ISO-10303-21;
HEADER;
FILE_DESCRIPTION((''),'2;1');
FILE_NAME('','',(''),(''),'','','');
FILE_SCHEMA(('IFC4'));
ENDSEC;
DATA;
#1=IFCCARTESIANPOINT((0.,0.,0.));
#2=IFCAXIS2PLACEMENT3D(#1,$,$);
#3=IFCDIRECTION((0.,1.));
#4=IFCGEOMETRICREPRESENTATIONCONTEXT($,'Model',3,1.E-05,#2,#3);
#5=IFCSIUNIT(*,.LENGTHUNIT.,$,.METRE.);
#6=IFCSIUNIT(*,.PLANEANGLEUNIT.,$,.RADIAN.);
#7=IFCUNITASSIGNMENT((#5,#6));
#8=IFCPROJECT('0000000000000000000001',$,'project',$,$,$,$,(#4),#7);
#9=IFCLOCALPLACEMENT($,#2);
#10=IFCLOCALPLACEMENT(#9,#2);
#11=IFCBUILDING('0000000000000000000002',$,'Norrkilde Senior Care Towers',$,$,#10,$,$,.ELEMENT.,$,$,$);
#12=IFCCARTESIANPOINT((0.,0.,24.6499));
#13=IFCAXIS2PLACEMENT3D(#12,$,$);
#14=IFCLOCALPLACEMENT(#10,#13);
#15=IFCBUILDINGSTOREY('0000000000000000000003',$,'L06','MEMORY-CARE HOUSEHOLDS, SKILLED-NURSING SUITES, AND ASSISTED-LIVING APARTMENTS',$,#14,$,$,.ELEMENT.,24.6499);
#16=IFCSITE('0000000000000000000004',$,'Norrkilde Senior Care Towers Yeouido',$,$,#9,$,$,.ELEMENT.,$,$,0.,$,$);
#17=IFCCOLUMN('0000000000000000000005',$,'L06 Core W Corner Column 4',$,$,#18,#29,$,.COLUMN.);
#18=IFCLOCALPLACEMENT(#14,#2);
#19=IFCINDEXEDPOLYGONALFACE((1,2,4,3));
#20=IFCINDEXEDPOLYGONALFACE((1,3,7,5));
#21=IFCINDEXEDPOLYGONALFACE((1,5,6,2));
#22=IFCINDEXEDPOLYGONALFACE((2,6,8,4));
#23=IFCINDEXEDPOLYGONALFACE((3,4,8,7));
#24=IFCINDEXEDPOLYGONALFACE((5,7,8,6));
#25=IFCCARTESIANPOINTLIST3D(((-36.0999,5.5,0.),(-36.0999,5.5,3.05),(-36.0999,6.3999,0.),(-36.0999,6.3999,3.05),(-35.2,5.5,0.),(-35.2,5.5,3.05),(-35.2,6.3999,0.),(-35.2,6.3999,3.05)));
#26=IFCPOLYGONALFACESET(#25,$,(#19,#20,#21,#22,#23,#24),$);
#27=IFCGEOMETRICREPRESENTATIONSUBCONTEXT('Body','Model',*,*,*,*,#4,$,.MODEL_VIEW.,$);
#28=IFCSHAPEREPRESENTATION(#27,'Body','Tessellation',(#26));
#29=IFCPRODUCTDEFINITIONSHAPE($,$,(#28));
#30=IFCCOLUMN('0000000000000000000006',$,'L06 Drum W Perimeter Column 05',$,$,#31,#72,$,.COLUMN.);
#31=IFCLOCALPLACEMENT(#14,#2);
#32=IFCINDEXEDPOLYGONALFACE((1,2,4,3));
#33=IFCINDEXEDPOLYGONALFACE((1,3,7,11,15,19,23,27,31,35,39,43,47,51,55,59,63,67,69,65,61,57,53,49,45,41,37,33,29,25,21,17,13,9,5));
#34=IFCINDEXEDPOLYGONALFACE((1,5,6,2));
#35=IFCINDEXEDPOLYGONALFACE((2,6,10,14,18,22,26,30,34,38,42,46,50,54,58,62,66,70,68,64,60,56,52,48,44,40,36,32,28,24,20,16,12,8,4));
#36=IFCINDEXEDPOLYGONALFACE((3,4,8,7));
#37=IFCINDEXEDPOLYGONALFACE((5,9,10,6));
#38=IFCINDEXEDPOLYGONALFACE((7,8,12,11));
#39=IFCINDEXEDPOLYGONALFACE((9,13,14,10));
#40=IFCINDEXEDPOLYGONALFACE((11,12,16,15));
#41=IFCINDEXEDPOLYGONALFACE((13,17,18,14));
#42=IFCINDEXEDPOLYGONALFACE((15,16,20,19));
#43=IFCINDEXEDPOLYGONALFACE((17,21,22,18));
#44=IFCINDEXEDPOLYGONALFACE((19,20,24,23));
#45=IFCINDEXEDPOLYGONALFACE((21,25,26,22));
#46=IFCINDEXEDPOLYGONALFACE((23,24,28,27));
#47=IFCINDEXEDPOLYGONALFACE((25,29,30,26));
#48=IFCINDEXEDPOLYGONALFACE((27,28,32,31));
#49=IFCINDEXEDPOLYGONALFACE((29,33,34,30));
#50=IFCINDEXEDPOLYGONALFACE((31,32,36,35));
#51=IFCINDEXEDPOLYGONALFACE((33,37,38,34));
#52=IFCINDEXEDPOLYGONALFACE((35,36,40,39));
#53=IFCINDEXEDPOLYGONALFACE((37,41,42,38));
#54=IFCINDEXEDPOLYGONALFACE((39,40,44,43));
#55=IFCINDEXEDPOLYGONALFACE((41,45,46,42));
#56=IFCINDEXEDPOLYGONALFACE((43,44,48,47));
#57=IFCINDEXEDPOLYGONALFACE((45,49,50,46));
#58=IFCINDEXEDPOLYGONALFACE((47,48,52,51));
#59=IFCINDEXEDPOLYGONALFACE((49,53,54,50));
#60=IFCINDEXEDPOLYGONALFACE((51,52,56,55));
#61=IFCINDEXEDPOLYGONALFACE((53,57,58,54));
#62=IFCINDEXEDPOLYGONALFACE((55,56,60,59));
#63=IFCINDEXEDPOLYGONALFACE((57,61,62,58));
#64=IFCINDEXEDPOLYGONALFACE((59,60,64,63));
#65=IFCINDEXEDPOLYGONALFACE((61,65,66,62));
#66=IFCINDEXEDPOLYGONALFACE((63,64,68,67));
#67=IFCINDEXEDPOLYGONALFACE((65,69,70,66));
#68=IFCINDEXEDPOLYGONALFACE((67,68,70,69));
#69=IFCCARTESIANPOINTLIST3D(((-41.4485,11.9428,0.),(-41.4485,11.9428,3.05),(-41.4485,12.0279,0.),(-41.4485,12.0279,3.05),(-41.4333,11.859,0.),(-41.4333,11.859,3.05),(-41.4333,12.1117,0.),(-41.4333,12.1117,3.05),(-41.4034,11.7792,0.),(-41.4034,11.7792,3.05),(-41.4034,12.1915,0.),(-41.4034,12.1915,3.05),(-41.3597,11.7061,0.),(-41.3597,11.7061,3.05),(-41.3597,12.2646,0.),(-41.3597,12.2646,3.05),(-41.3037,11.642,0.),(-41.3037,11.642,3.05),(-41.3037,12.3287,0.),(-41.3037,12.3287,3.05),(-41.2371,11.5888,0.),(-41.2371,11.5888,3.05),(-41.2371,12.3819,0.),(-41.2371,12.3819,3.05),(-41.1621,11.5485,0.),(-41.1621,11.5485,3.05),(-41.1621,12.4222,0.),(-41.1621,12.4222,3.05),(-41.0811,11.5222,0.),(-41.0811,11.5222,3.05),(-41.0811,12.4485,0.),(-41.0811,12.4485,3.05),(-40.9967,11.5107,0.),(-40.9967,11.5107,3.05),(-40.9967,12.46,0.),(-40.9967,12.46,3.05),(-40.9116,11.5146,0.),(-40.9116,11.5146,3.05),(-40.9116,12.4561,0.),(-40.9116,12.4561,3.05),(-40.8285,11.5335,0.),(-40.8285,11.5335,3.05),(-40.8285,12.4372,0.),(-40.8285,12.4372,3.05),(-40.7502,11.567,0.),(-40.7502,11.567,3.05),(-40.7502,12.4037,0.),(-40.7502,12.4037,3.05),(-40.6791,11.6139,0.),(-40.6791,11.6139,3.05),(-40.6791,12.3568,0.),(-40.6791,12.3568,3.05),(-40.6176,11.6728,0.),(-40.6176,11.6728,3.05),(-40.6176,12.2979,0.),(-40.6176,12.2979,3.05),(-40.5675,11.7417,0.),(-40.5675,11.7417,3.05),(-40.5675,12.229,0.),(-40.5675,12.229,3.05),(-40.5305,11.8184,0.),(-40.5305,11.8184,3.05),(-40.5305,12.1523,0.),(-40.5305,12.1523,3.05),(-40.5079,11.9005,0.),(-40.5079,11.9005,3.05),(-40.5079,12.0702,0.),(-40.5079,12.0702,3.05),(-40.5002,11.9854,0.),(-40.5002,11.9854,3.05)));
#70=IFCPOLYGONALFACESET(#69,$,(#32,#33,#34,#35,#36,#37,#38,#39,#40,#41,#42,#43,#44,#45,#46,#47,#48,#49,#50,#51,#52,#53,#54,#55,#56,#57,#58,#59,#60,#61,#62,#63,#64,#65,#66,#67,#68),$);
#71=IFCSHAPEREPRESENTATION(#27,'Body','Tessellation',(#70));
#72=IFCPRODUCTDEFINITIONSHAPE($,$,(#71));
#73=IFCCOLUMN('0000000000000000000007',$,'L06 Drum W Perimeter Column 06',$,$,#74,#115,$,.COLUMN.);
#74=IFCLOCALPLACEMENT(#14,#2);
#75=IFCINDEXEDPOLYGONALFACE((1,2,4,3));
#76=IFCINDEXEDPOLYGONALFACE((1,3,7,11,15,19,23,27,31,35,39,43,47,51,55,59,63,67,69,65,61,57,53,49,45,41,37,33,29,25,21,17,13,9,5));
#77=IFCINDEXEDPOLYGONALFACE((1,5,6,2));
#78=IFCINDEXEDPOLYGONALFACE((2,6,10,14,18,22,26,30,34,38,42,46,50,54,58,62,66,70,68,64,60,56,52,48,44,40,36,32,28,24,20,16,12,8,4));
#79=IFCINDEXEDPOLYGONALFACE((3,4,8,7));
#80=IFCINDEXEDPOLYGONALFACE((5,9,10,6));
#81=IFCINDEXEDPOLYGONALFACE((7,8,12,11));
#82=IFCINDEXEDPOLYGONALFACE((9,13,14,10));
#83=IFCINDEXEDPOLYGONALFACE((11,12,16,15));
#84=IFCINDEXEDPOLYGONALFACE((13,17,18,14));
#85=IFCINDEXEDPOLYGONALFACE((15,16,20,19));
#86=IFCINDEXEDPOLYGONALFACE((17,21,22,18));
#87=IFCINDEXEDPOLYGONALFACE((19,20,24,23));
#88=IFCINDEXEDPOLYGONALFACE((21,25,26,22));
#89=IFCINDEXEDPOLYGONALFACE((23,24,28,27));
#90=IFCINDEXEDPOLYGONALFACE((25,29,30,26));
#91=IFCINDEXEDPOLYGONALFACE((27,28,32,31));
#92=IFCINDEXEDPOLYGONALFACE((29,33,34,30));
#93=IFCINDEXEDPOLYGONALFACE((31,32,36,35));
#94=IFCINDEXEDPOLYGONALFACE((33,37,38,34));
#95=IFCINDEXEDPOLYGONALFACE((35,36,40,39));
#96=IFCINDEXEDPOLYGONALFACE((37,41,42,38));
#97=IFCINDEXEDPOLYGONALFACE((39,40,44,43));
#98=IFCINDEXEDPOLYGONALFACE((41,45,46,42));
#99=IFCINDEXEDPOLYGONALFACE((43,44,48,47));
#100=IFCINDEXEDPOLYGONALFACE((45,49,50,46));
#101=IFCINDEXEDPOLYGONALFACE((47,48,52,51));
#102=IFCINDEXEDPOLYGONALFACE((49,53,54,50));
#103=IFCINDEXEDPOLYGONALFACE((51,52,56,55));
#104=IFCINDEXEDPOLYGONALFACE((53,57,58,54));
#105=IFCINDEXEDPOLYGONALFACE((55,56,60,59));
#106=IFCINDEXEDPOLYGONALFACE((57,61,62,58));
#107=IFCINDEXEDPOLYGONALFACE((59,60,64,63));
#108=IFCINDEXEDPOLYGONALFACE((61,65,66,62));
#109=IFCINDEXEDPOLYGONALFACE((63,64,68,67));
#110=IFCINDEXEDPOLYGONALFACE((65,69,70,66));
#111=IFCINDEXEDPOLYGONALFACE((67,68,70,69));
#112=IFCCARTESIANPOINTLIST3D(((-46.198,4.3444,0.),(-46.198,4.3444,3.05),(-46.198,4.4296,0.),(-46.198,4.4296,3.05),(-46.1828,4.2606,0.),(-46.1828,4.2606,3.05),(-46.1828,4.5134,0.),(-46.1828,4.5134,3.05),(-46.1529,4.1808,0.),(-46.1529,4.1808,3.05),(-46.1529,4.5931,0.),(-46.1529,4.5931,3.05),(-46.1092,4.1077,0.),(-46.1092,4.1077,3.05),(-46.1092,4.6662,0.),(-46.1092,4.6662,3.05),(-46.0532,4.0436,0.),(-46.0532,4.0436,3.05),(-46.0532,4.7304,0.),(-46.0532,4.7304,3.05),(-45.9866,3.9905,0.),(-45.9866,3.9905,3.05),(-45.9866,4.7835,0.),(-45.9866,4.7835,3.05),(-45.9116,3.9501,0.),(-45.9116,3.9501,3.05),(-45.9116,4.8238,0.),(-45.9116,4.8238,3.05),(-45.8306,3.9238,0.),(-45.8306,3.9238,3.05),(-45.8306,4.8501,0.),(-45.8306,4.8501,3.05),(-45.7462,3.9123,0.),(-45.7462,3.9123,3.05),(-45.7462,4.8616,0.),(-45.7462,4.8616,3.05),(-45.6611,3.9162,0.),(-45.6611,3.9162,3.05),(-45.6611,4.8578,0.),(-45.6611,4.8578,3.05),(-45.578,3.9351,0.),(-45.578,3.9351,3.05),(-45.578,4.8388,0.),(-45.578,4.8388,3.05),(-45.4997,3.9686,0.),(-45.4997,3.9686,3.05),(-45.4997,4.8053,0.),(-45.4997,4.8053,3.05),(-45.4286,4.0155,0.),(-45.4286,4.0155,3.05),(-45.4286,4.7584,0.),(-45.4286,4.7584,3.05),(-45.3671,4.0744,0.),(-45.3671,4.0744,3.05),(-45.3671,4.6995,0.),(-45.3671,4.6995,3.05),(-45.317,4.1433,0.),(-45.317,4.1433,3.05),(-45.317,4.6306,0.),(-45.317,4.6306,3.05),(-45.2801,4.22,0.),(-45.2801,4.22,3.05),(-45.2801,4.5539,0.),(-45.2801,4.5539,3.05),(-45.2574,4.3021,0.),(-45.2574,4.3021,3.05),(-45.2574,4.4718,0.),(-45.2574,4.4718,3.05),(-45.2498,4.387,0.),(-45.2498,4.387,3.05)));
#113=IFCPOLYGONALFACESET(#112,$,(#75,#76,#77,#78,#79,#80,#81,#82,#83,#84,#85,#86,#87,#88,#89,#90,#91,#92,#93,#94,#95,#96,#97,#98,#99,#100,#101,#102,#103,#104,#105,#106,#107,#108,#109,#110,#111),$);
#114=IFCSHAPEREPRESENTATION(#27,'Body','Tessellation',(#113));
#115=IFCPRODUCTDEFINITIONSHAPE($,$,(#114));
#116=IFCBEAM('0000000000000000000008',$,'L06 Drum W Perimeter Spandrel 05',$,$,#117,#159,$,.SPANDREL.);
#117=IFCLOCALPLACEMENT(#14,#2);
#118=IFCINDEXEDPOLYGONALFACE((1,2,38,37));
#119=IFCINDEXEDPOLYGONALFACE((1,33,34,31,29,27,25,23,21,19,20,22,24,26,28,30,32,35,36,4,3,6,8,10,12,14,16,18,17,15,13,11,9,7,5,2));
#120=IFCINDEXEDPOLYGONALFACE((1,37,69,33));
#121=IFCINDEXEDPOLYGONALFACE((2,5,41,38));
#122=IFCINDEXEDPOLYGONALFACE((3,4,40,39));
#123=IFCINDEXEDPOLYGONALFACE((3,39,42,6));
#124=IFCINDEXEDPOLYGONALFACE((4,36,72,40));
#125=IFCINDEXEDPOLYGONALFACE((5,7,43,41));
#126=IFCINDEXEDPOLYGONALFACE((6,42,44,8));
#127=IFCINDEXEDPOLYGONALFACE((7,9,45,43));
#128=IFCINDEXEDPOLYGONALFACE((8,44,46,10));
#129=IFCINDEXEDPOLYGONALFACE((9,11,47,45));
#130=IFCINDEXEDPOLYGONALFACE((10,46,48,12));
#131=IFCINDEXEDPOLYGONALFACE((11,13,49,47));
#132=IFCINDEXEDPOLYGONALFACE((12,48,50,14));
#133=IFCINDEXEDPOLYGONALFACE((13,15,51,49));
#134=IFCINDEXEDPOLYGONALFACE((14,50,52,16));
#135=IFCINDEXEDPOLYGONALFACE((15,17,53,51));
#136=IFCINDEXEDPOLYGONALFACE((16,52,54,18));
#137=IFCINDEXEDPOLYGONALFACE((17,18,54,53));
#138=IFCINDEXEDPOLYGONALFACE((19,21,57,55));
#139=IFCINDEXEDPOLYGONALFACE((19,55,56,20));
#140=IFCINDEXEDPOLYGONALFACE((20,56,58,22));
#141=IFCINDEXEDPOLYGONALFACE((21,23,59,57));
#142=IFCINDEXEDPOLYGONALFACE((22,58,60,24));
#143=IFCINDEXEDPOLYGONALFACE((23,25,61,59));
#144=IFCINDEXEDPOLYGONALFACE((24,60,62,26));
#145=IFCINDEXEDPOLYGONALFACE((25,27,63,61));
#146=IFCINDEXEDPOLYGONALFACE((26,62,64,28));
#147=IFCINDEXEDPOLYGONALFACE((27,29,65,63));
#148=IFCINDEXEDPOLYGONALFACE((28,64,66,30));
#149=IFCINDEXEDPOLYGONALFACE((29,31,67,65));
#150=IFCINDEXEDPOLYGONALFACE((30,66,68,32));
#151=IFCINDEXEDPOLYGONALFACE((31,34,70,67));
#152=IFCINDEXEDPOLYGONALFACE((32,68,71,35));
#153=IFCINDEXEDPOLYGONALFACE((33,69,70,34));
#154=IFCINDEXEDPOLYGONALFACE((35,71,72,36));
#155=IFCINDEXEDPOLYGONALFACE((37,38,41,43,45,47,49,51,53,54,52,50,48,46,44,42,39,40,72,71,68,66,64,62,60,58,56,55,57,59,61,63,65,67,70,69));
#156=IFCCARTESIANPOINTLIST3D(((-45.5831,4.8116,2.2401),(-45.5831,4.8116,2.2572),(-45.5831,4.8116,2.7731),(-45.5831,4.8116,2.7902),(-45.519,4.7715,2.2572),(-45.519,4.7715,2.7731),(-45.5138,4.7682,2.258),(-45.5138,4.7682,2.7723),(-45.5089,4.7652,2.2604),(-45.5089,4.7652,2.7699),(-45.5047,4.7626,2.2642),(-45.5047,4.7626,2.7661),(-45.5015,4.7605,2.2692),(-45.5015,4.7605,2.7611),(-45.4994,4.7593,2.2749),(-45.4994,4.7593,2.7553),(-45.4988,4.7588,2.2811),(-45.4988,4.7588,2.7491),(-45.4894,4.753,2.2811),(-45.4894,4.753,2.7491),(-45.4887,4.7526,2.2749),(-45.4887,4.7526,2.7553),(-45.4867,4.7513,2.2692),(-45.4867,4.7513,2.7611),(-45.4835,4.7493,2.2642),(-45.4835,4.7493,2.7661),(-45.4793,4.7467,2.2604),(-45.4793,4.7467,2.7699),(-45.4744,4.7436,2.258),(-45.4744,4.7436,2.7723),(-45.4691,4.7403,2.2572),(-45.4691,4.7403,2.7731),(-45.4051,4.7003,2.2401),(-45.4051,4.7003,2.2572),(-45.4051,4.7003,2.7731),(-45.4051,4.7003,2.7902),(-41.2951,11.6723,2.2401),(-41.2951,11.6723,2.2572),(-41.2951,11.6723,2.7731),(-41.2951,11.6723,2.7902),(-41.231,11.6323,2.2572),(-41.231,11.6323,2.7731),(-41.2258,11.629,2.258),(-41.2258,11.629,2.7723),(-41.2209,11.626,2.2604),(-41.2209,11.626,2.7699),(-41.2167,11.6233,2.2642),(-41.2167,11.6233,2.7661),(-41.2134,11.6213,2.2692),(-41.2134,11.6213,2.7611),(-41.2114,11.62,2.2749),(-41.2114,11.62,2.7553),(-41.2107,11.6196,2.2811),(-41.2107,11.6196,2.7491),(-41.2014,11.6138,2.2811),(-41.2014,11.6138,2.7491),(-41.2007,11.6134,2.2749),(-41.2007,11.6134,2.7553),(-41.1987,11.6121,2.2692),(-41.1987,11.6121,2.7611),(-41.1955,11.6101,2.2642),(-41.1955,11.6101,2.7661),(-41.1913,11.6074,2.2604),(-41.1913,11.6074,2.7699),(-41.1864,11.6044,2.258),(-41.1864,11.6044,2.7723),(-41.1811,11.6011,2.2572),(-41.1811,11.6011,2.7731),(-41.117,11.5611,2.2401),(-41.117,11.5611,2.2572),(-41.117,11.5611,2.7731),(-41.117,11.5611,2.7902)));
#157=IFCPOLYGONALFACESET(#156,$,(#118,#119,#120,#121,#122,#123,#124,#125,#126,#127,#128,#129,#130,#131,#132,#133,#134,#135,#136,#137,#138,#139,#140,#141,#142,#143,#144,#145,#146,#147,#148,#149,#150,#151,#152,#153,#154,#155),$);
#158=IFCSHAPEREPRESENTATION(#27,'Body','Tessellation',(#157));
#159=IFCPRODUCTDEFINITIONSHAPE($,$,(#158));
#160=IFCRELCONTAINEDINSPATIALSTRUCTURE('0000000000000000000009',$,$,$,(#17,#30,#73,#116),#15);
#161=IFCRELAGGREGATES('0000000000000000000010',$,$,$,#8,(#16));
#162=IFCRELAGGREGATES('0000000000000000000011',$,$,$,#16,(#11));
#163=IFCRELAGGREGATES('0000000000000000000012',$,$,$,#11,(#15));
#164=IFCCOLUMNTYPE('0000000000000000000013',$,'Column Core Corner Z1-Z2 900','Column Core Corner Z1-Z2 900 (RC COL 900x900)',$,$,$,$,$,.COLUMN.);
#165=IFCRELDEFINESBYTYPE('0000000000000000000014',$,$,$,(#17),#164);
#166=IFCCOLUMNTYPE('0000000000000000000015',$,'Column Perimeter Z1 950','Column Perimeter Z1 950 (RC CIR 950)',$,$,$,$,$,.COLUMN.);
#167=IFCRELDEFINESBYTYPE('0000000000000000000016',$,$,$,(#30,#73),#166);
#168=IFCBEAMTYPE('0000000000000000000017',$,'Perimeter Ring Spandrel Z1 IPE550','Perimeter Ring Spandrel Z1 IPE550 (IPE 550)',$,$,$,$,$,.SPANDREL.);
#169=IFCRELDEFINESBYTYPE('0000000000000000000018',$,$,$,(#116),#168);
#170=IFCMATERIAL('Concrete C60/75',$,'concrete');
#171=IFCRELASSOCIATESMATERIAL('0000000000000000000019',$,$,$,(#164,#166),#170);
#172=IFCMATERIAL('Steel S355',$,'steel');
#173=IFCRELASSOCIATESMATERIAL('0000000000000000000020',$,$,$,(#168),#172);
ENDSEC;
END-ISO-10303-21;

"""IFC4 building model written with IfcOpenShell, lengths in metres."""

from ifc_helpers import new_model, si_unit, direction, frame, origin, origin_2d, place, context, subcontext, project, spatial, rectangle, circle, i_section, extrude, source, transform, mapped, material, material_profile, profile_set, type_object, type_shapes, element, save


model = new_model("IFC4")

# Units and contexts
model_context = context("Model", 3, precision=1e-05, world=origin(), true_north=direction((0.0, 1.0)))
body_context = subcontext(model_context, "Body", "Model", "MODEL_VIEW")
ifc_project = project(units=[si_unit("LENGTHUNIT", "METRE"), si_unit("PLANEANGLEUNIT", "RADIAN")], contexts=[model_context])

# Site, building, storey
site_placement = place(None, origin())
site = spatial("IfcSite", under=ifc_project, at=site_placement, Name="Norrkilde Senior Care Towers Yeouido", CompositionType="ELEMENT", RefElevation=0.0)
building_placement = place(site_placement, origin())
building = spatial("IfcBuilding", under=site, at=building_placement, Name="Norrkilde Senior Care Towers", CompositionType="ELEMENT")
storey_placement = place(building_placement, frame((0.0, 0.0, 24.6499)))
storey = spatial("IfcBuildingStorey", under=building, at=storey_placement, Name="L06", Description="MEMORY-CARE HOUSEHOLDS, SKILLED-NURSING SUITES, AND ASSISTED-LIVING APARTMENTS", CompositionType="ELEMENT", Elevation=24.6499)

# Columns
ifc_material_1 = material(Name="Concrete C60/75", Category="concrete")
ifc_material_profile_1 = material_profile(ifc_material_1, rectangle(XDim=0.8999, YDim=0.8999, at=origin_2d()), Name="RC COL 900x900")
ifc_profile_set_1 = profile_set([ifc_material_profile_1], Name="Concrete C60/75")
column_type_1 = type_object("IfcColumnType", Name="Column Core Corner Z1-Z2 900", Description="Column Core Corner Z1-Z2 900 (RC COL 900x900)", PredefinedType="COLUMN", material=ifc_profile_set_1)
shared_shape_1 = source(origin(), body_context, "Body", "SweptSolid", [
    extrude(rectangle(XDim=0.8999, YDim=0.8999, at=origin_2d()), origin(), (0.0, 0.0, 1.0), 3.05),
])
type_shapes(column_type_1, [shared_shape_1])
column_placement = place(storey_placement, frame((-35.6499, 5.95, 0.0), z_axis=(0.0, 0.0, 1.0), x_axis=(1.0, 0.0, 0.0)))
element("IfcColumn", 1, at=column_placement, inside=storey, type_object=column_type_1, Name="L06 Core W Corner Column 4", PredefinedType="COLUMN", context=body_context, shape_type="MappedRepresentation", body=[
    mapped(shared_shape_1, transform((0.0, 0.0, 0.0), x_axis=(1.0, 0.0, 0.0), y_axis=(0.0, 1.0, 0.0), z_axis=(0.0, 0.0, 1.0), scale=1.0)),
])
ifc_material_profile_2 = material_profile(ifc_material_1, circle(Radius=0.4751, at=origin_2d()), Name="RC CIR 950")
ifc_profile_set_2 = profile_set([ifc_material_profile_2], Name="Concrete C60/75")
column_type_2 = type_object("IfcColumnType", Name="Column Perimeter Z1 950", Description="Column Perimeter Z1 950 (RC CIR 950)", PredefinedType="COLUMN", material=ifc_profile_set_2)
shared_shape_2 = source(origin(), body_context, "Body", "SweptSolid", [
    extrude(circle(Radius=0.4751, at=origin_2d()), origin(), (0.0, 0.0, 1.0), 3.05),
])
type_shapes(column_type_2, [shared_shape_2])
for number, where, z_axis, x_axis, name in (
    (2, (-40.9753, 11.9854, 0.0), (0.0, 0.0, 1.0), (1.0, 0.0, 0.0), "L06 Drum W Perimeter Column 05"),
    (3, (-45.7249, 4.387, 0.0), (0.0, 0.0, 1.0), (1.0, 0.0, 0.0), "L06 Drum W Perimeter Column 06"),
):
    element("IfcColumn", number, at=place(storey_placement, frame(where, z_axis=z_axis, x_axis=x_axis)), inside=storey, type_object=column_type_2, Name=name, PredefinedType="COLUMN", context=body_context, shape_type="MappedRepresentation", body=[
        mapped(shared_shape_2, transform((0.0, 0.0, 0.0), x_axis=(1.0, 0.0, 0.0), y_axis=(0.0, 1.0, 0.0), z_axis=(0.0, 0.0, 1.0), scale=1.0)),
    ])

# Beam
ifc_material_2 = material(Name="Steel S355", Category="steel")
ifc_material_profile_3 = material_profile(ifc_material_2, i_section(OverallWidth=0.21, OverallDepth=0.55, WebThickness=0.011, FlangeThickness=0.0171, FilletRadius=0.0239, at=origin_2d()), Name="IPE 550")
ifc_profile_set_3 = profile_set([ifc_material_profile_3], Name="Steel S355")
beam_type_1 = type_object("IfcBeamType", Name="Perimeter Ring Spandrel Z1 IPE550", Description="Perimeter Ring Spandrel Z1 IPE550 (IPE 550)", PredefinedType="SPANDREL", material=ifc_profile_set_3)
shared_shape_3 = source(origin(), body_context, "Body", "SweptSolid", [
    extrude(i_section(OverallWidth=0.21, OverallDepth=0.55, WebThickness=0.011, FlangeThickness=0.0171, FilletRadius=0.0239, at=origin_2d()), origin(), (0.0, 0.0, 1.0), 8.0906),
])
beam_1_placement = place(storey_placement, frame((-41.2061, 11.6167, 2.5151), z_axis=(-0.530004, -0.847995, 0.0), x_axis=(0.847995, -0.530004, 0.0)))
element("IfcBeam", 4, at=beam_1_placement, inside=storey, type_object=beam_type_1, Name="L06 Drum W Perimeter Spandrel 05", PredefinedType="SPANDREL", context=body_context, shape_type="MappedRepresentation", body=[
    mapped(shared_shape_3, transform((0.0, 0.0, 0.0), x_axis=(1.0, 0.0, 0.0), y_axis=(0.0, 1.0, 0.0), z_axis=(0.0, 0.0, 1.0), scale=1.0)),
])

save(model, "model.ifc")
